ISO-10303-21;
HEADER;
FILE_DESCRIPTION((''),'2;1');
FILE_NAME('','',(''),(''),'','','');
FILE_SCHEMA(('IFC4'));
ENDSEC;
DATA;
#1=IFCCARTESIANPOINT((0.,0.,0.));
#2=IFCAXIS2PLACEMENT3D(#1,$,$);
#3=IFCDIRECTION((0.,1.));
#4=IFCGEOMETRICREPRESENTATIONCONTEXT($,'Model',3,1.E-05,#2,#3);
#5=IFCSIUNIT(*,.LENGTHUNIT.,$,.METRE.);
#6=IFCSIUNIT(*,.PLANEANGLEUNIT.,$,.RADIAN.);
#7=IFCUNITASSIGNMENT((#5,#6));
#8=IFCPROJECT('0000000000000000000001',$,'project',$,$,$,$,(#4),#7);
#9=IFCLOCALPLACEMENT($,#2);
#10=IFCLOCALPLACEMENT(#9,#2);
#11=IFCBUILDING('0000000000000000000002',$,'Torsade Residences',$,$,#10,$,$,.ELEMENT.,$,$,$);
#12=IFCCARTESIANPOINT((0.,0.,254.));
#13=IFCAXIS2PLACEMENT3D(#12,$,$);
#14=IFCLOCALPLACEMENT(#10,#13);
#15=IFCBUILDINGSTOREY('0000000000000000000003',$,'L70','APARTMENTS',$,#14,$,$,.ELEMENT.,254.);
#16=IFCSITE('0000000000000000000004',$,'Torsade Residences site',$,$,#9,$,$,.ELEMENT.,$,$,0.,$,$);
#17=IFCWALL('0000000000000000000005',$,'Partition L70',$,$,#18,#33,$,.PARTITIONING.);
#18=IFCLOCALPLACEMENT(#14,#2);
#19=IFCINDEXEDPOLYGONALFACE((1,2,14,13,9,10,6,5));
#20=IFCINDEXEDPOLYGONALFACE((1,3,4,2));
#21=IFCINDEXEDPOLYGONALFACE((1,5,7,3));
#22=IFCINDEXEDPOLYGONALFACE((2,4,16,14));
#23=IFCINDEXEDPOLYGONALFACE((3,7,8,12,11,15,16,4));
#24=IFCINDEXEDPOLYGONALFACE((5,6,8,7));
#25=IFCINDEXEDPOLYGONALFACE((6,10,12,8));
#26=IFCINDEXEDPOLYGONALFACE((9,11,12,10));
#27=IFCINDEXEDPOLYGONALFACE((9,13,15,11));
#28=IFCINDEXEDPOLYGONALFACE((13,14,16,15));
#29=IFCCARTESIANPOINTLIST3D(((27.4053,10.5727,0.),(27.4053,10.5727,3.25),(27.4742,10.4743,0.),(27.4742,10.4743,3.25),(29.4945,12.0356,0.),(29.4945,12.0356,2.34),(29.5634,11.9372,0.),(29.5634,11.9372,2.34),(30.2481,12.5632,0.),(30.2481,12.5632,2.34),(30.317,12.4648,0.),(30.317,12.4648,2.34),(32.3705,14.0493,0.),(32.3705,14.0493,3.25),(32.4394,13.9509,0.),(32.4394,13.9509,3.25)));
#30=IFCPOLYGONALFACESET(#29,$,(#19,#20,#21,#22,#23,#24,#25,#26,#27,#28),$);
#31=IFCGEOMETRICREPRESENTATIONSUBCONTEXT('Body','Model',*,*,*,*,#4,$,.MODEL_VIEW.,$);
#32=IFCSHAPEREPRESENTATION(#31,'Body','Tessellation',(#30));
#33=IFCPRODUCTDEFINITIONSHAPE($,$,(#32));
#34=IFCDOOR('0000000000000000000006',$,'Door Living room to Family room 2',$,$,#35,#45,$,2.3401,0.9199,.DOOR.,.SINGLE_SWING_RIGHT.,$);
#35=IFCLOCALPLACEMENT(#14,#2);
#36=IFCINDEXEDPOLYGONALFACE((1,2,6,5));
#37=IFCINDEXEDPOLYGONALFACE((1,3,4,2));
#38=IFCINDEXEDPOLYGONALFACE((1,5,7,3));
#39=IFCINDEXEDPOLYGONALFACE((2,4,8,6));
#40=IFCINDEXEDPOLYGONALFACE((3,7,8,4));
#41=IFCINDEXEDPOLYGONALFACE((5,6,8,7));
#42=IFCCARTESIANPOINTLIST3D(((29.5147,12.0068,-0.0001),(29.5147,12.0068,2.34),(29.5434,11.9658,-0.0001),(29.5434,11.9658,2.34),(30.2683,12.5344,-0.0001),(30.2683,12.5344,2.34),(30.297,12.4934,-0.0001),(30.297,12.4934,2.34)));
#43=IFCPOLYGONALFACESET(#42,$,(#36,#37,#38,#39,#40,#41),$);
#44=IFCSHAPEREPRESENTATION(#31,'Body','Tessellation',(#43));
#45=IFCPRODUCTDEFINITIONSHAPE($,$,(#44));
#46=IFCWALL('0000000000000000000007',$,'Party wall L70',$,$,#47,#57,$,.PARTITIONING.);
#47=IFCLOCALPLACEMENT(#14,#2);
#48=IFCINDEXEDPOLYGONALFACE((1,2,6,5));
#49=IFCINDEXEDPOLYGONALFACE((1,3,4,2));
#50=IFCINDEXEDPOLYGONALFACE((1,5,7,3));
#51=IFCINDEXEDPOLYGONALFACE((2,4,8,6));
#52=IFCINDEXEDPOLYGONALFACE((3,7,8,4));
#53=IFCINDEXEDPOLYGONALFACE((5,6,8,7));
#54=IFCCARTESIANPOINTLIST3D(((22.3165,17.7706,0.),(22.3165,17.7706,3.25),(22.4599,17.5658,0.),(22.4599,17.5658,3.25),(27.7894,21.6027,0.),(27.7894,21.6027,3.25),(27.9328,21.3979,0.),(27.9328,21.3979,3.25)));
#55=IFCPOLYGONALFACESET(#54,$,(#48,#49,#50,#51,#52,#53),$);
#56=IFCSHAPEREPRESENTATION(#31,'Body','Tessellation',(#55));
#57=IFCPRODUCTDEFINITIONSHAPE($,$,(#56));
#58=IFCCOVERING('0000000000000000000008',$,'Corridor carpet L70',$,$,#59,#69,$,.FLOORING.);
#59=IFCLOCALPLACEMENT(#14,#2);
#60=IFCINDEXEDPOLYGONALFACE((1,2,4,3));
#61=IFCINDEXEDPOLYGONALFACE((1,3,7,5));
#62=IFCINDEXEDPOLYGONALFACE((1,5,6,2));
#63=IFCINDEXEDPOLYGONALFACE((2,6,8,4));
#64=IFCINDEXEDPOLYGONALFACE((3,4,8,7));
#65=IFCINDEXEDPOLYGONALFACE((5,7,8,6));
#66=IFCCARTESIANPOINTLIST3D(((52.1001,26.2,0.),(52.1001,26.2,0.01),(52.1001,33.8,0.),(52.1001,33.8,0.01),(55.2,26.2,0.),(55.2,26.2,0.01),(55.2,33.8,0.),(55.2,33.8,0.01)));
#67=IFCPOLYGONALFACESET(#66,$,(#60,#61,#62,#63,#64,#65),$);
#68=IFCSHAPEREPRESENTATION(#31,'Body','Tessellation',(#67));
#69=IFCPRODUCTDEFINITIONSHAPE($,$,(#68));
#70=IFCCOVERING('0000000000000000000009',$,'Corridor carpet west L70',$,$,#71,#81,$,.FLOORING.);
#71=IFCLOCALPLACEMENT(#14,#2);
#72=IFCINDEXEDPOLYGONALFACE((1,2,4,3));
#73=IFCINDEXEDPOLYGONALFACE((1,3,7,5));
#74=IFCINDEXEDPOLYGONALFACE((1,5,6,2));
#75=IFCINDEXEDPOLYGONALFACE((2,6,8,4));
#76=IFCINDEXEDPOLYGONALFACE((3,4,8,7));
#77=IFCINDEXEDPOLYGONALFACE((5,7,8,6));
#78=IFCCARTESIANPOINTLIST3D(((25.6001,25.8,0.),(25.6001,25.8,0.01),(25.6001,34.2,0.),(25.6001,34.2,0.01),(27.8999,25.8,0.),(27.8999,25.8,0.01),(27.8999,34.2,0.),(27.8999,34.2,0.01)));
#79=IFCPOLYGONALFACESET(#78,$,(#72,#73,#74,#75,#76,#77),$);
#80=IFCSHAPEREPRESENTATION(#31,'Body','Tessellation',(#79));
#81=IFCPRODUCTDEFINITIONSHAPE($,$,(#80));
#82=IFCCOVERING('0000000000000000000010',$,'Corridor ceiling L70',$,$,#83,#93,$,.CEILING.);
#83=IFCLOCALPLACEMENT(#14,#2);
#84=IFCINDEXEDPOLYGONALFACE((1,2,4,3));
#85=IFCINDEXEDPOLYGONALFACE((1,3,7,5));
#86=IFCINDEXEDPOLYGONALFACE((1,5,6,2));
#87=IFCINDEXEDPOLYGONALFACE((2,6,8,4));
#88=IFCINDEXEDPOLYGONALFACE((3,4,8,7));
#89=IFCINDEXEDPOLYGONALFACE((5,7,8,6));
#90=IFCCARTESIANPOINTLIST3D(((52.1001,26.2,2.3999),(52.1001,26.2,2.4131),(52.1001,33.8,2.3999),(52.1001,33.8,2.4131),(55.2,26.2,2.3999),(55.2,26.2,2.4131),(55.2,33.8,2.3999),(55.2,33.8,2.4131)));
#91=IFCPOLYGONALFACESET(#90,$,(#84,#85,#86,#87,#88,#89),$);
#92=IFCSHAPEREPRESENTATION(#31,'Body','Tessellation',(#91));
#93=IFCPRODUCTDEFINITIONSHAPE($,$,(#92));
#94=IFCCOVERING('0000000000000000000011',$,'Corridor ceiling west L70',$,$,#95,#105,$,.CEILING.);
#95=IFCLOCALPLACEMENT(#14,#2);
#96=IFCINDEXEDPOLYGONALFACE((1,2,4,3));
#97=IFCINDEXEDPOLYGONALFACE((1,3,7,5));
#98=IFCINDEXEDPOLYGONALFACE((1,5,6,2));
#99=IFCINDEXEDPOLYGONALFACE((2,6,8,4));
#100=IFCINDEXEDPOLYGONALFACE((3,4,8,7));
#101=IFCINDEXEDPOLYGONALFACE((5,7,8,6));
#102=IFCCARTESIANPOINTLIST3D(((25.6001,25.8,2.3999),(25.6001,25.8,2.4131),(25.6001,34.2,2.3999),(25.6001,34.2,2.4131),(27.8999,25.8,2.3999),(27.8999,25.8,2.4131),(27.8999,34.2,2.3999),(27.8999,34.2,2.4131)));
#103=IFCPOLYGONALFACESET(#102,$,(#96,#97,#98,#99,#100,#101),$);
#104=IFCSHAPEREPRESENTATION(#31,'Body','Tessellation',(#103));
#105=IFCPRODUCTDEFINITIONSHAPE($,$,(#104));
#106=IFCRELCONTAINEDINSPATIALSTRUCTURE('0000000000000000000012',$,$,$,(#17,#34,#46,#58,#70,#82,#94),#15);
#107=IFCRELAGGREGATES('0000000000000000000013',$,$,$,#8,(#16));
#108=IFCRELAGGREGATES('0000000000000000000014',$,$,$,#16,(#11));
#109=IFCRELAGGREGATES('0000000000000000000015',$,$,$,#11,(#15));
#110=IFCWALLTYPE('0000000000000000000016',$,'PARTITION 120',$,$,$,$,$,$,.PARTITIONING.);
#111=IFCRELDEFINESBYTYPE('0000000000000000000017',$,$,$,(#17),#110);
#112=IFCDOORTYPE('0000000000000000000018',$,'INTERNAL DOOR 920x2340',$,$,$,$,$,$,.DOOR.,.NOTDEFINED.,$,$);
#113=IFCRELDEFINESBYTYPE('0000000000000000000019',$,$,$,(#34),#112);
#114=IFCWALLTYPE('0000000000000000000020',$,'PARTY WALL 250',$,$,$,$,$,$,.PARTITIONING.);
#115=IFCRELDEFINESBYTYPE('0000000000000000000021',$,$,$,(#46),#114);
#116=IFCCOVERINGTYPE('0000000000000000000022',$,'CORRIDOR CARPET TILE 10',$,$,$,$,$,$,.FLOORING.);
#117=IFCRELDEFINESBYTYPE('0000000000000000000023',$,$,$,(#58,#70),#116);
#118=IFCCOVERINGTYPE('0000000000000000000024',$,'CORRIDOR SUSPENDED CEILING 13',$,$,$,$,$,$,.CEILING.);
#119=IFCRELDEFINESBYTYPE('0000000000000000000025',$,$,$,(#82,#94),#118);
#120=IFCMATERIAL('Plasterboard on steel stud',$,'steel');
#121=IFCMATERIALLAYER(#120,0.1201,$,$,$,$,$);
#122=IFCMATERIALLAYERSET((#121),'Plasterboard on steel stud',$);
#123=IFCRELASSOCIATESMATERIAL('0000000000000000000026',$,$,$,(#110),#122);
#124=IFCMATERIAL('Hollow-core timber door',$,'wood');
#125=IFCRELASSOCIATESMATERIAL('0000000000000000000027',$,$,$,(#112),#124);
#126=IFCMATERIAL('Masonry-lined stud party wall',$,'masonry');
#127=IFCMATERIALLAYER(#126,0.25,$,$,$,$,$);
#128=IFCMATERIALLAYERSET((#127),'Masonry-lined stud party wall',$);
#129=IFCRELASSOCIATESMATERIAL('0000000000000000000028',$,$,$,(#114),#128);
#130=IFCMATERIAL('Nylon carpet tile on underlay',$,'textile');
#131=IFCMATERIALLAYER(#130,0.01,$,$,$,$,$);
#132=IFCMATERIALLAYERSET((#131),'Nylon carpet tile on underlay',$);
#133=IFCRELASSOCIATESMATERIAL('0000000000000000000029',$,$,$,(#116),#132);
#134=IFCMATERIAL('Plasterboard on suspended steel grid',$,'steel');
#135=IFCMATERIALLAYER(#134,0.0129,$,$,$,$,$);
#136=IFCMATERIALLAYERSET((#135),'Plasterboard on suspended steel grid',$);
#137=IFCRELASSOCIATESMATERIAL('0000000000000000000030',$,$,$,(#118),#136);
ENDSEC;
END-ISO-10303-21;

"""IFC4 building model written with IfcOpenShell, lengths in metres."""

from ifc_helpers import new_model, si_unit, direction, frame, frame_2d, origin, place, context, subcontext, project, spatial, polyline, rectangle, outline, extrude, material, layer, layer_set, type_object, element, fill, save


model = new_model("IFC4")

# Units and contexts
model_context = context("Model", 3, precision=1e-05, world=origin(), true_north=direction((0.0, 1.0)))
body_context = subcontext(model_context, "Body", "Model", "MODEL_VIEW")
ifc_project = project(units=[si_unit("LENGTHUNIT", "METRE"), si_unit("PLANEANGLEUNIT", "RADIAN")], contexts=[model_context])

# Site, building, storey
site_placement = place(None, origin())
site = spatial("IfcSite", under=ifc_project, at=site_placement, Name="Torsade Residences site", CompositionType="ELEMENT", RefElevation=0.0)
building_placement = place(site_placement, origin())
building = spatial("IfcBuilding", under=site, at=building_placement, Name="Torsade Residences", CompositionType="ELEMENT")
storey_placement = place(building_placement, frame((0.0, 0.0, 254.0)))
storey = spatial("IfcBuildingStorey", under=building, at=storey_placement, Name="L70", Description="APARTMENTS", CompositionType="ELEMENT", Elevation=254.0)

# Shared definitions
ifc_material_1 = material(Name="Plasterboard on steel stud", Category="steel")
ifc_layer_1 = layer(ifc_material_1, 0.1201)
ifc_layer_set_1 = layer_set([ifc_layer_1], Name="Plasterboard on steel stud")
wall_type_1 = type_object("IfcWallType", Name="PARTITION 120", PredefinedType="PARTITIONING", material=ifc_layer_set_1)

# Wall, opening, door
wall_1_placement = place(storey_placement, frame((27.4397, 10.5234, 0.0), z_axis=(0.0, 0.0, 1.0), x_axis=(0.819154, 0.573573, 0.0)))
wall_1 = element("IfcWall", 1, at=wall_1_placement, inside=storey, type_object=wall_type_1, Name="Partition L70", PredefinedType="PARTITIONING", context=body_context, shape_type="SweptSolid", body=[
    extrude(rectangle(XDim=6.0613, YDim=0.1201, at=frame_2d((3.0308, 0.0))), origin(), (0.0, 0.0, 1.0), 3.25),
])
opening_placement = place(wall_1_placement, frame((2.5505, 0.0, 0.0)))
opening = element("IfcOpeningElement", 2, at=opening_placement, cuts=wall_1, PredefinedType="OPENING", context=body_context, shape_type="SweptSolid", body=[
    extrude(rectangle(XDim=0.9199, YDim=2.3401, at=frame_2d((0.46, 1.1699))), frame((0.0, 0.0701, 0.0), z_axis=(0.0, -1.0, 0.0), x_axis=(1.0, 0.0, 0.0)), (0.0, 0.0, 1.0), 0.1401),
])
ifc_material_2 = material(Name="Hollow-core timber door", Category="wood")
door_type = type_object("IfcDoorType", Name="INTERNAL DOOR 920x2340", OperationType="NOTDEFINED", PredefinedType="DOOR", material=ifc_material_2)
door_placement = place(opening_placement, origin())
door = element("IfcDoor", 3, at=door_placement, inside=storey, type_object=door_type, Name="Door Living room to Family room 2", OperationType="SINGLE_SWING_RIGHT", OverallHeight=2.3401, OverallWidth=0.9199, PredefinedType="DOOR", context=body_context, shape_type="SweptSolid", body=[
    extrude(rectangle(XDim=0.9199, YDim=2.3401, at=frame_2d((0.46, 1.1699))), frame((0.0, 0.0249, 0.0), z_axis=(0.0, -1.0, 0.0), x_axis=(1.0, 0.0, 0.0)), (0.0, 0.0, 1.0), 0.05),
])
fill(opening, door)

# Wall
ifc_material_3 = material(Name="Masonry-lined stud party wall", Category="masonry")
ifc_layer_2 = layer(ifc_material_3, 0.25)
ifc_layer_set_2 = layer_set([ifc_layer_2], Name="Masonry-lined stud party wall")
wall_type_2 = type_object("IfcWallType", Name="PARTY WALL 250", PredefinedType="PARTITIONING", material=ifc_layer_set_2)
wall_2_placement = place(storey_placement, frame((22.3882, 17.6682, 0.0), z_axis=(0.0, 0.0, 1.0), x_axis=(0.819162, 0.573563, 0.0)))
element("IfcWall", 4, at=wall_2_placement, inside=storey, type_object=wall_type_2, Name="Party wall L70", PredefinedType="PARTITIONING", context=body_context, shape_type="SweptSolid", body=[
    extrude(rectangle(XDim=6.6812, YDim=0.25, at=frame_2d((3.3406, 0.0))), origin(), (0.0, 0.0, 1.0), 3.25),
])

# Coverings
ifc_material_4 = material(Name="Nylon carpet tile on underlay", Category="textile")
ifc_layer_3 = layer(ifc_material_4, 0.01)
ifc_layer_set_3 = layer_set([ifc_layer_3], Name="Nylon carpet tile on underlay")
covering_type_1 = type_object("IfcCoveringType", Name="CORRIDOR CARPET TILE 10", PredefinedType="FLOORING", material=ifc_layer_set_3)
covering_1_placement = place(storey_placement, origin())
element("IfcCovering", 5, at=covering_1_placement, inside=storey, type_object=covering_type_1, Name="Corridor carpet L70", PredefinedType="FLOORING", context=body_context, shape_type="SweptSolid", body=[
    extrude(outline(polyline([(55.2, 26.2), (55.2, 33.8), (52.1001, 33.8), (52.1001, 26.2), (55.2, 26.2)])), origin(), (0.0, 0.0, 1.0), 0.01),
])
covering_2_placement = place(storey_placement, origin())
element("IfcCovering", 6, at=covering_2_placement, inside=storey, type_object=covering_type_1, Name="Corridor carpet west L70", PredefinedType="FLOORING", context=body_context, shape_type="SweptSolid", body=[
    extrude(outline(polyline([(27.8999, 25.8), (27.8999, 34.2), (25.6001, 34.2), (25.6001, 25.8), (27.8999, 25.8)])), origin(), (0.0, 0.0, 1.0), 0.01),
])
ifc_material_5 = material(Name="Plasterboard on suspended steel grid", Category="steel")
ifc_layer_4 = layer(ifc_material_5, 0.0129)
ifc_layer_set_4 = layer_set([ifc_layer_4], Name="Plasterboard on suspended steel grid")
covering_type_2 = type_object("IfcCoveringType", Name="CORRIDOR SUSPENDED CEILING 13", PredefinedType="CEILING", material=ifc_layer_set_4)
covering_3_placement = place(storey_placement, frame((0.0, 0.0, 2.3999)))
element("IfcCovering", 7, at=covering_3_placement, inside=storey, type_object=covering_type_2, Name="Corridor ceiling L70", PredefinedType="CEILING", context=body_context, shape_type="SweptSolid", body=[
    extrude(outline(polyline([(55.2, 26.2), (55.2, 33.8), (52.1001, 33.8), (52.1001, 26.2), (55.2, 26.2)])), origin(), (0.0, 0.0, 1.0), 0.0132),
])
covering_4_placement = place(storey_placement, frame((0.0, 0.0, 2.3999)))
element("IfcCovering", 8, at=covering_4_placement, inside=storey, type_object=covering_type_2, Name="Corridor ceiling west L70", PredefinedType="CEILING", context=body_context, shape_type="SweptSolid", body=[
    extrude(outline(polyline([(27.8999, 25.8), (27.8999, 34.2), (25.6001, 34.2), (25.6001, 25.8), (27.8999, 25.8)])), origin(), (0.0, 0.0, 1.0), 0.0132),
])

save(model, "model.ifc")
